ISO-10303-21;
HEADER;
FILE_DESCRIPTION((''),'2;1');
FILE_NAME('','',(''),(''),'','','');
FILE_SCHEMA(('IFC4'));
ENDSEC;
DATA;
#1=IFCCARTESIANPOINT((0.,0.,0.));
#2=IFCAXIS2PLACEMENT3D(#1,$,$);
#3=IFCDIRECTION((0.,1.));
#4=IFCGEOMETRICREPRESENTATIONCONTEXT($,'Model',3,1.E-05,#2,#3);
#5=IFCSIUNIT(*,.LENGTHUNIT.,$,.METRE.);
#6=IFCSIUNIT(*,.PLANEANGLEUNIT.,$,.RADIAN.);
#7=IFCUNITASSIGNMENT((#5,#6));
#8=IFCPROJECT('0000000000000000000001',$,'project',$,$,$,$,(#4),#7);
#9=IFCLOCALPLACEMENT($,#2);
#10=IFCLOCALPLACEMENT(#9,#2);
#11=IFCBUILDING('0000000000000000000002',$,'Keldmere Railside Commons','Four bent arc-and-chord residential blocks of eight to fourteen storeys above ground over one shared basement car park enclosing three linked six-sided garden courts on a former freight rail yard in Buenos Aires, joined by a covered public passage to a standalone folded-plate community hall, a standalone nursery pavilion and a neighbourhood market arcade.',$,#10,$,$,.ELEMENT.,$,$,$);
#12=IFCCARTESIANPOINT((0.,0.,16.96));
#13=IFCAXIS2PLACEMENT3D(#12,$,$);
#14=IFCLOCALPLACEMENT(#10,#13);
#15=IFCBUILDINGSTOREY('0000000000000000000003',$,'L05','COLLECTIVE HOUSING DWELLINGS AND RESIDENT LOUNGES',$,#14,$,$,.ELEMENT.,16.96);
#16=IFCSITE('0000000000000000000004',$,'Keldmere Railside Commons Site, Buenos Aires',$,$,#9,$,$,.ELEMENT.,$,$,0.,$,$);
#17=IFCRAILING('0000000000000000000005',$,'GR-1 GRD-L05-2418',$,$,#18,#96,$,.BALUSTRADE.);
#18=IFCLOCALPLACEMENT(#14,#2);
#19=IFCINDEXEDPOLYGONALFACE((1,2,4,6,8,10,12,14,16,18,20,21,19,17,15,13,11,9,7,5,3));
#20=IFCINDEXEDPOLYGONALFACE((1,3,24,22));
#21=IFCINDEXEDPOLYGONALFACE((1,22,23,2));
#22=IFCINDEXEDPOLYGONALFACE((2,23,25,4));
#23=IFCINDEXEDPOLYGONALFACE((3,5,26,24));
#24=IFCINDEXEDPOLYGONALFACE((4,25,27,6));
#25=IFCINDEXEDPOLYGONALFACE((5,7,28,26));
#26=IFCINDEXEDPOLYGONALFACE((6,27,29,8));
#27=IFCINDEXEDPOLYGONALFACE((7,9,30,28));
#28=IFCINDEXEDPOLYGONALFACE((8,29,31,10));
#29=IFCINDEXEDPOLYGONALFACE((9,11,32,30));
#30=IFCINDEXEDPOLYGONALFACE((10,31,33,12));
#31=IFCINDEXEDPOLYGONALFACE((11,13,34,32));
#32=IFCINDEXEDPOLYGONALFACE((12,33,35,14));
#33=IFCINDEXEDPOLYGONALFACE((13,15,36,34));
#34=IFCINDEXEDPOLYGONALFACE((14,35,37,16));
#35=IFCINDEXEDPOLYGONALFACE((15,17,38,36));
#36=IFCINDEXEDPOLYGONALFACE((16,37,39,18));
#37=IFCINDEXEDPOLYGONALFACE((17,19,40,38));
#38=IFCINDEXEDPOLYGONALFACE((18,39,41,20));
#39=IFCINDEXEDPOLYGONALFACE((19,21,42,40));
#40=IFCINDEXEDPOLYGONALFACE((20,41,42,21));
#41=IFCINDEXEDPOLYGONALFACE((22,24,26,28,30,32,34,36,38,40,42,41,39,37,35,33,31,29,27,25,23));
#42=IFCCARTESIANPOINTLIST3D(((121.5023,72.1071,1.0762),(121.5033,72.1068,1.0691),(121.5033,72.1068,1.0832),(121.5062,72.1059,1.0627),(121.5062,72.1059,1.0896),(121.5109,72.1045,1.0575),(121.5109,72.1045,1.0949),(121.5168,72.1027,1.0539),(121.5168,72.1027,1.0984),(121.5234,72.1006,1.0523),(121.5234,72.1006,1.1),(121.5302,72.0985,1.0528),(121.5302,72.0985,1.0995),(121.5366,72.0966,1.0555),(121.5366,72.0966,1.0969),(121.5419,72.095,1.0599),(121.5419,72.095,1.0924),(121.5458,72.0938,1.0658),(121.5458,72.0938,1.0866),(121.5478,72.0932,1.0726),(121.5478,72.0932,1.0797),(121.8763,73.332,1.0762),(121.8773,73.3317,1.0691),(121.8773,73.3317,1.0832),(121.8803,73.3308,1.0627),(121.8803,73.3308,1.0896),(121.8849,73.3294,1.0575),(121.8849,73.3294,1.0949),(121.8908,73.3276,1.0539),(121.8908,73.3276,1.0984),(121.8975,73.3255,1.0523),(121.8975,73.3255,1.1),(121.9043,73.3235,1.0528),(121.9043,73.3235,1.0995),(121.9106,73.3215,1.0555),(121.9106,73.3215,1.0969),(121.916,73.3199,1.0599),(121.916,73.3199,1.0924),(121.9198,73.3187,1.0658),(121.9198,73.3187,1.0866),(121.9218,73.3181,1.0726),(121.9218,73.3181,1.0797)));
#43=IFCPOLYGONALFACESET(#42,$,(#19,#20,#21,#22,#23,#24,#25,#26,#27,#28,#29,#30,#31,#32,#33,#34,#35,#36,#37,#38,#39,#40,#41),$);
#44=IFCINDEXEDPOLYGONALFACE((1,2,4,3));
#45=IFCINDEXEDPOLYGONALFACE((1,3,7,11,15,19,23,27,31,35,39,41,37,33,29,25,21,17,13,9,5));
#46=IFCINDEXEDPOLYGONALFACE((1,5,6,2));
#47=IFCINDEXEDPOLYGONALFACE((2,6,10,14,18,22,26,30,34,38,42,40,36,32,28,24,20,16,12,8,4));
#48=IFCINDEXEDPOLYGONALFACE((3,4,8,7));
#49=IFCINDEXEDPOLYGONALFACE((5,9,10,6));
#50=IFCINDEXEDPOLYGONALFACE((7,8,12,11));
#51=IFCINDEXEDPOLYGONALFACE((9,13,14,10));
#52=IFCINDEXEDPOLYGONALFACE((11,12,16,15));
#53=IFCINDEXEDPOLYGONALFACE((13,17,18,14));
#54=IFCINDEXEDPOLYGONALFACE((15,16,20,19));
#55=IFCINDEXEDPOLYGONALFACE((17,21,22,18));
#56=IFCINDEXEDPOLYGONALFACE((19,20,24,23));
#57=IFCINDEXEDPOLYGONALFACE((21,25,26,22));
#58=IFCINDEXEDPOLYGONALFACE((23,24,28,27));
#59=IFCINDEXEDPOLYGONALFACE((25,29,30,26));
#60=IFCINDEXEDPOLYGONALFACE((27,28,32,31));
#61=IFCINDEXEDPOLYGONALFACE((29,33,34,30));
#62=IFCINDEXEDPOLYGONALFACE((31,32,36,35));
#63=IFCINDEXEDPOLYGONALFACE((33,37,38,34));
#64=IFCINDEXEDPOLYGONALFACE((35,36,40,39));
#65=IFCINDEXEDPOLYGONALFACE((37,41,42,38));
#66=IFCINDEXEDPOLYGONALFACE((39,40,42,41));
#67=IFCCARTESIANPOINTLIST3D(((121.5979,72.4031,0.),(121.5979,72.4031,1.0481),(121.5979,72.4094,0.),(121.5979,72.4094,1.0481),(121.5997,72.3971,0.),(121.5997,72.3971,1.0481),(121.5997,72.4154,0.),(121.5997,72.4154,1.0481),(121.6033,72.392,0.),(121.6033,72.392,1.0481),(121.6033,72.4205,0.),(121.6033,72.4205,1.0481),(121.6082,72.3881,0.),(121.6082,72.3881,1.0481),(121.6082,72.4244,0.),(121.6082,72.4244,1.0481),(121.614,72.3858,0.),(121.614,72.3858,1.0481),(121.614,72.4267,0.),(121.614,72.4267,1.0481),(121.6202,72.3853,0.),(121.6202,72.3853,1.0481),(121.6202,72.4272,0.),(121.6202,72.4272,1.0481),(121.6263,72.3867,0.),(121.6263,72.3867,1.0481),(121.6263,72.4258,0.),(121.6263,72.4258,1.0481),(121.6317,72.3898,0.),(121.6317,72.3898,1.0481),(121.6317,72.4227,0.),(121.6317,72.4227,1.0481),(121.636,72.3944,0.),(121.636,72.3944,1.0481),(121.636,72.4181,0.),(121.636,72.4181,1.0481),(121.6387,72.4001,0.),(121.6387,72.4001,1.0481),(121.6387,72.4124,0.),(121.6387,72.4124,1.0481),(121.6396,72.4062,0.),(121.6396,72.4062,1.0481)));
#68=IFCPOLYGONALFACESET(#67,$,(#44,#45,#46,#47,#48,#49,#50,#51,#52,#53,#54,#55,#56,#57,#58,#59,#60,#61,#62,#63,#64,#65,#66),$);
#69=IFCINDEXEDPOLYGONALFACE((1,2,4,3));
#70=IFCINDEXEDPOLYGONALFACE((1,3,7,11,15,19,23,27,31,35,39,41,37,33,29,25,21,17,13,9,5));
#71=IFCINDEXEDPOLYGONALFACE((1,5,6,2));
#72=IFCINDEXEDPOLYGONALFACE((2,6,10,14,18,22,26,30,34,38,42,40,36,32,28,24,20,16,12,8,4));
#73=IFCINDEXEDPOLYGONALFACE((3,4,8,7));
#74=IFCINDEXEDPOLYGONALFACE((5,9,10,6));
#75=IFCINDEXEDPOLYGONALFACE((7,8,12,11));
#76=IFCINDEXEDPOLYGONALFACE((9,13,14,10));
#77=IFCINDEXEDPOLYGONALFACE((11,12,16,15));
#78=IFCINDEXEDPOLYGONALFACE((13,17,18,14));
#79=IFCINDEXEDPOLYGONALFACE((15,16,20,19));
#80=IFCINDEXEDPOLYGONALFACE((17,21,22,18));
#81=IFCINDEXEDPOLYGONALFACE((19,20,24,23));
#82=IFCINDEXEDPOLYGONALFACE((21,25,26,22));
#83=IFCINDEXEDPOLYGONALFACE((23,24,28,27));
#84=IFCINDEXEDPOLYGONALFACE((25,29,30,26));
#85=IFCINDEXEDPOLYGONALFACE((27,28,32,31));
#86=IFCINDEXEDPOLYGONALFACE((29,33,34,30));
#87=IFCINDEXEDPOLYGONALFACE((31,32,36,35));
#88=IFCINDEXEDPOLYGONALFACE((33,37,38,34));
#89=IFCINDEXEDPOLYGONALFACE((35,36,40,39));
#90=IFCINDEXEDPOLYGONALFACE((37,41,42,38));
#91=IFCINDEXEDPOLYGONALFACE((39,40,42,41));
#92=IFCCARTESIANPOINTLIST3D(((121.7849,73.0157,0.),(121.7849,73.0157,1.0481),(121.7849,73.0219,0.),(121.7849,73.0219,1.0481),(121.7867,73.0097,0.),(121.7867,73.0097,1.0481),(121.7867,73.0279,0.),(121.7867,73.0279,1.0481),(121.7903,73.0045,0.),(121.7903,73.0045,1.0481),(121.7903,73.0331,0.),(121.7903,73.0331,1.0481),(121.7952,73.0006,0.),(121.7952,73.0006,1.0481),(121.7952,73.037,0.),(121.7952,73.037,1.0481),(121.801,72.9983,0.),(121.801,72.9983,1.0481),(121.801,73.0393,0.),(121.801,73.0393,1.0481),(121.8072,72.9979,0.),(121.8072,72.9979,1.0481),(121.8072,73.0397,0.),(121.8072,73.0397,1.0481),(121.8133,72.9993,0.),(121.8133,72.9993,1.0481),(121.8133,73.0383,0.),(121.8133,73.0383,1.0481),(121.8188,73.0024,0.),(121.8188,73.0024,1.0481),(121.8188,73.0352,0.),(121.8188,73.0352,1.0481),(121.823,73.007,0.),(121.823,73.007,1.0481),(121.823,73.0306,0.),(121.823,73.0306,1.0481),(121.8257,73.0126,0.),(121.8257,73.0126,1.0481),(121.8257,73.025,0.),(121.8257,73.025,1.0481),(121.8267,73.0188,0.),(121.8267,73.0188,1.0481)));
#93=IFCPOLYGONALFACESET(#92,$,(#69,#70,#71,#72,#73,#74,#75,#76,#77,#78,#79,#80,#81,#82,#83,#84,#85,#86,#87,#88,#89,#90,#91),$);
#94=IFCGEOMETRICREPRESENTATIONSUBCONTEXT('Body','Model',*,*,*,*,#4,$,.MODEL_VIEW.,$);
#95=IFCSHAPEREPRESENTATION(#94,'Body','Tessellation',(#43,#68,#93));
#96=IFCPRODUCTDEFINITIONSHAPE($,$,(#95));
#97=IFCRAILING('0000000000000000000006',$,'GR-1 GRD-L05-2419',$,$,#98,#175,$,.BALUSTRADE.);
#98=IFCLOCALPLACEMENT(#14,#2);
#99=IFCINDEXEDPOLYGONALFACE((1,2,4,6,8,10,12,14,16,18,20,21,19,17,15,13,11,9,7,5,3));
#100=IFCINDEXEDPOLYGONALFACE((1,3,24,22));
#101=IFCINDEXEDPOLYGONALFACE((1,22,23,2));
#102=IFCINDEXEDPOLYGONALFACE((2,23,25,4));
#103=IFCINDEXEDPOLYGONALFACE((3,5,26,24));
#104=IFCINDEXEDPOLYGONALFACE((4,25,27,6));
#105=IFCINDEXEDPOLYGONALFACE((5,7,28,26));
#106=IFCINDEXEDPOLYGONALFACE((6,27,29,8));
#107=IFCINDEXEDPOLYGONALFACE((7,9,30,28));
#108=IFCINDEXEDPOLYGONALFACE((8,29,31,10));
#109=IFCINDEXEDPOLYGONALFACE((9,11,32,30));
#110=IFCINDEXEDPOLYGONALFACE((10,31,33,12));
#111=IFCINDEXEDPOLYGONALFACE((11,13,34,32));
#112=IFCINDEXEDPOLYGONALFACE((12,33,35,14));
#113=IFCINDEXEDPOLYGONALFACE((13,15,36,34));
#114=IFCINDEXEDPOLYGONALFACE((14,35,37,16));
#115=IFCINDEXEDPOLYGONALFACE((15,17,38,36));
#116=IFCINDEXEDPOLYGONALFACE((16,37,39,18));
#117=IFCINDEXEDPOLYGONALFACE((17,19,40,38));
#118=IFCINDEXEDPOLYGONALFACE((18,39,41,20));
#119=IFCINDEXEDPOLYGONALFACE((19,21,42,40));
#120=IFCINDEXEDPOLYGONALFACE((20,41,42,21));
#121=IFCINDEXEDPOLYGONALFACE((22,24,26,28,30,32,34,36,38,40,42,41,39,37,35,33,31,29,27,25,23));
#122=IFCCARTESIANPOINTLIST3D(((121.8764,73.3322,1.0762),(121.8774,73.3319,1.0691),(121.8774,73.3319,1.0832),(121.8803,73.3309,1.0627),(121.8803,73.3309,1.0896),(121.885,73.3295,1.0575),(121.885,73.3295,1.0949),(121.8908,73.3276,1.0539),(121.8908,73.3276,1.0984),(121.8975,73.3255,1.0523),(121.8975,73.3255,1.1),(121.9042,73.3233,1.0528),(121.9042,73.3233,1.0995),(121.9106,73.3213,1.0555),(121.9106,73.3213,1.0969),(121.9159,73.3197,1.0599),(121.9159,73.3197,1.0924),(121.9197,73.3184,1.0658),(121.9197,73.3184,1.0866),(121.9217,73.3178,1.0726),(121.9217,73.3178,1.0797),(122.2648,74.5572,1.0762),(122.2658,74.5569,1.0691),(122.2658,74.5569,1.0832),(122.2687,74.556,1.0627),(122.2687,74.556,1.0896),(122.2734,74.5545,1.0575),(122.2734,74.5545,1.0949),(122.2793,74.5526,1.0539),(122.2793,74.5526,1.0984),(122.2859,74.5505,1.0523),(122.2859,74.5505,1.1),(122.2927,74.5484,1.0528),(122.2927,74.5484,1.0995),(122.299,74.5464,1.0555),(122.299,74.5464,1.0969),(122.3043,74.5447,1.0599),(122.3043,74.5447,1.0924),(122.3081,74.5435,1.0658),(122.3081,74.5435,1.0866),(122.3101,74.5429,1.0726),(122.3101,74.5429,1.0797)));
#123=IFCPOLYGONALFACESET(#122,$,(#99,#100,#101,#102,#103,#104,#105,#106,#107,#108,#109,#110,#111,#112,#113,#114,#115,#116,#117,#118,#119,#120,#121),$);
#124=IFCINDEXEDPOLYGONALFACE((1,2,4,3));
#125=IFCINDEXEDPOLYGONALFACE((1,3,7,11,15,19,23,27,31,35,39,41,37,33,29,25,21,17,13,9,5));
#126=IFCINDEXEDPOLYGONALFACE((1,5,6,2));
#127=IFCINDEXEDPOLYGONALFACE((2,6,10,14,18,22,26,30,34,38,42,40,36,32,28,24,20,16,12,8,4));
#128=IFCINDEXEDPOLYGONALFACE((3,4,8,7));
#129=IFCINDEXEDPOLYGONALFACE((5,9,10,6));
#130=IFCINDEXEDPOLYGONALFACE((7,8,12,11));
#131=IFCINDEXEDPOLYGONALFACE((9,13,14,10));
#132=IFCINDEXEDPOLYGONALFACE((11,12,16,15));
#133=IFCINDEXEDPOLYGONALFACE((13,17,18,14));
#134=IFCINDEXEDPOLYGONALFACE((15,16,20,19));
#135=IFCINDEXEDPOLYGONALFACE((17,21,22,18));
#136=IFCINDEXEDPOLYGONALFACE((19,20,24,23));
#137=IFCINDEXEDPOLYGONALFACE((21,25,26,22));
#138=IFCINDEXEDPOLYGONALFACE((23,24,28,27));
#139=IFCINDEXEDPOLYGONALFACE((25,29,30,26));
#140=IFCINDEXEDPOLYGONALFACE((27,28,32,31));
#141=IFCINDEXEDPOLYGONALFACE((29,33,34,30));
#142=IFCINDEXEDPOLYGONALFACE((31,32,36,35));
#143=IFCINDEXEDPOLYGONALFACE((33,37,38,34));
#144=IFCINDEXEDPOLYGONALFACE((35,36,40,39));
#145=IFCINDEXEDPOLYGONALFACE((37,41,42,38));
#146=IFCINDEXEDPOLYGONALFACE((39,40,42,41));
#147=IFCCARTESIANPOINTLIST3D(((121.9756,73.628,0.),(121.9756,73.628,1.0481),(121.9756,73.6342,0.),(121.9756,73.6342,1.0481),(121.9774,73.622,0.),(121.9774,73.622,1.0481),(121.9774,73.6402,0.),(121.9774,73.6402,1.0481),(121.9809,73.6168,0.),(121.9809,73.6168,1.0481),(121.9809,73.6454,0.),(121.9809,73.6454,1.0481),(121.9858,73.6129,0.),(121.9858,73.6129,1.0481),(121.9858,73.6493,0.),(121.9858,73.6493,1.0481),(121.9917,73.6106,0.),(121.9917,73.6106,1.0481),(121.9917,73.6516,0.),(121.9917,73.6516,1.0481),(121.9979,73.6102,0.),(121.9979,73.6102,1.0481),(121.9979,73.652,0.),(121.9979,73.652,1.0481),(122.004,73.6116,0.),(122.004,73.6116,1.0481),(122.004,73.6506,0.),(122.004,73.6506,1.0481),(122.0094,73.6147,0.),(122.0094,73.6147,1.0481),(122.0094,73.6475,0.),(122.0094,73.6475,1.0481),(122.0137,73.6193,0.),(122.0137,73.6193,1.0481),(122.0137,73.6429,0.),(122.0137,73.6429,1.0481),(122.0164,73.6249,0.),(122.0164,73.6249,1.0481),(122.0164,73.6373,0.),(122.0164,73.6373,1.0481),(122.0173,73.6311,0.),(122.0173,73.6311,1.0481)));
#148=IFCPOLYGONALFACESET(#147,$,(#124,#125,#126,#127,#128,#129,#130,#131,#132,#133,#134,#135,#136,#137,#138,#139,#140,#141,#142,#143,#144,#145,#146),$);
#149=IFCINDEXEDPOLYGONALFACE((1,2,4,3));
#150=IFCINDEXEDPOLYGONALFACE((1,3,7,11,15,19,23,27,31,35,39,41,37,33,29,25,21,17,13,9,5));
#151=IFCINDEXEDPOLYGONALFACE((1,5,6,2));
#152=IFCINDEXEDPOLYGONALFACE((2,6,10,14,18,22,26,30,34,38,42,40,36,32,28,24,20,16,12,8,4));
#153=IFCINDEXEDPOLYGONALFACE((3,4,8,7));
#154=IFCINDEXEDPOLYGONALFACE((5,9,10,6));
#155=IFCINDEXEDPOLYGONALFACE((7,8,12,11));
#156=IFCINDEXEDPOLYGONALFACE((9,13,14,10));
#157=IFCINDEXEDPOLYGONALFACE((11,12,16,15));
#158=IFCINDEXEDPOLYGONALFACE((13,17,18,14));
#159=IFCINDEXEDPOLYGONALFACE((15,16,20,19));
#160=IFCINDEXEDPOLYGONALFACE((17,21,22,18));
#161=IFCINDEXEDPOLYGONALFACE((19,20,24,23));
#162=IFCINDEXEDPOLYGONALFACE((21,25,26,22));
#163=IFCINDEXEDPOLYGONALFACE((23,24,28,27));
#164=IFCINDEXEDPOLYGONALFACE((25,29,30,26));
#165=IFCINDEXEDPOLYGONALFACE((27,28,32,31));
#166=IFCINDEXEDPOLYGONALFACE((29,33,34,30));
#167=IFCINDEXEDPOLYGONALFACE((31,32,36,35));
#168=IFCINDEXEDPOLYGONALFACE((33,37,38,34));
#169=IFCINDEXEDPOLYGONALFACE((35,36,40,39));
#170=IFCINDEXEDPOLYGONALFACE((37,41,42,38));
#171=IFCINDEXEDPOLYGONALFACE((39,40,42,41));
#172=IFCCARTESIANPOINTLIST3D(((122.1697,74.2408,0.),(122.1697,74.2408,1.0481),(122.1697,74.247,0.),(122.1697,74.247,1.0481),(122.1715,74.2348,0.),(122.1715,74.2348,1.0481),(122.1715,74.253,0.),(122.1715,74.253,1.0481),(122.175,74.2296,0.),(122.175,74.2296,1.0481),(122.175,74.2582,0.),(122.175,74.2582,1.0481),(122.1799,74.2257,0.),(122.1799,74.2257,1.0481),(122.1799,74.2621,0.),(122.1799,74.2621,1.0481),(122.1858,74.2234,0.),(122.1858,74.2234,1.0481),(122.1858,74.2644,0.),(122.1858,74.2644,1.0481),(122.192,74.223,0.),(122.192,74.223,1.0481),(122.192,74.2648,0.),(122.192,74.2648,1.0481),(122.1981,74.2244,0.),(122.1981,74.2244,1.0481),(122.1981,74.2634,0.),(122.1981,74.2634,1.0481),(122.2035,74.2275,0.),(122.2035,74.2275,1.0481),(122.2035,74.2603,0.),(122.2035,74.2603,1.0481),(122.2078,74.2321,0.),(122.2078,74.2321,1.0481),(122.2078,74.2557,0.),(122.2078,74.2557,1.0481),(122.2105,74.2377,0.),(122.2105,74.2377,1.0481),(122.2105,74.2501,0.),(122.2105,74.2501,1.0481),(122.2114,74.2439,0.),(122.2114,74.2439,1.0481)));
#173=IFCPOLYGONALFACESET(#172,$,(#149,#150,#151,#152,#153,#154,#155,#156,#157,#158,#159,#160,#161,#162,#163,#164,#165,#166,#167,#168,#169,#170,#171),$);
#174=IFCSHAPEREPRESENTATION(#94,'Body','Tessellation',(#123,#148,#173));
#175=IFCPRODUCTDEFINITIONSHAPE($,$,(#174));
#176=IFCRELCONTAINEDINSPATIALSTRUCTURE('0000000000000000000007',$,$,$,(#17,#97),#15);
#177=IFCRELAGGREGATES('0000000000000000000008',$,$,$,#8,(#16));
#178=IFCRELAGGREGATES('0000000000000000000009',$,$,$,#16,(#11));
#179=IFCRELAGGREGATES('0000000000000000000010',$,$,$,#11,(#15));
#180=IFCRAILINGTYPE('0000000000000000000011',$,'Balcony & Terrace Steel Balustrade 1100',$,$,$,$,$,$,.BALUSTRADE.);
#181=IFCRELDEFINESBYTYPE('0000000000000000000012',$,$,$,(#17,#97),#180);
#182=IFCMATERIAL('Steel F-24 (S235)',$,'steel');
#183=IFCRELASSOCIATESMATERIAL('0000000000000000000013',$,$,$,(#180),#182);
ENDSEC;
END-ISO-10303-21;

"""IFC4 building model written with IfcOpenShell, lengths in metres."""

from ifc_helpers import new_model, si_unit, direction, frame, origin, origin_2d, place, context, subcontext, project, spatial, circle, extrude, material, type_object, element, save


model = new_model("IFC4")

# Units and contexts
model_context = context("Model", 3, precision=1e-05, world=origin(), true_north=direction((0.0, 1.0)))
body_context = subcontext(model_context, "Body", "Model", "MODEL_VIEW")
ifc_project = project(units=[si_unit("LENGTHUNIT", "METRE"), si_unit("PLANEANGLEUNIT", "RADIAN")], contexts=[model_context])

# Site, building, storey
site_placement = place(None, origin())
site = spatial("IfcSite", under=ifc_project, at=site_placement, Name="Keldmere Railside Commons Site, Buenos Aires", CompositionType="ELEMENT", RefElevation=0.0)
building_placement = place(site_placement, origin())
building = spatial("IfcBuilding", under=site, at=building_placement, Name="Keldmere Railside Commons", Description="Four bent arc-and-chord residential blocks of eight to fourteen storeys above ground over one shared basement car park enclosing three linked six-sided garden courts on a former freight rail yard in Buenos Aires, joined by a covered public passage to a standalone folded-plate community hall, a standalone nursery pavilion and a neighbourhood market arcade.", CompositionType="ELEMENT")
storey_placement = place(building_placement, frame((0.0, 0.0, 16.96)))
storey = spatial("IfcBuildingStorey", under=building, at=storey_placement, Name="L05", Description="COLLECTIVE HOUSING DWELLINGS AND RESIDENT LOUNGES", CompositionType="ELEMENT", Elevation=16.96)

# Railings
ifc_material_1 = material(Name="Steel F-24 (S235)", Category="steel")
railing_type_1 = type_object("IfcRailingType", Name="Balcony & Terrace Steel Balustrade 1100", PredefinedType="BALUSTRADE", material=ifc_material_1)
railing_1_placement = place(storey_placement, frame((121.5251, 72.1001, 0.0)))
element("IfcRailing", 1, at=railing_1_placement, inside=storey, type_object=railing_type_1, Name="GR-1 GRD-L05-2418", PredefinedType="BALUSTRADE", context=body_context, shape_type="SweptSolid", body=[
    extrude(circle(Radius=0.0239, at=origin_2d()), frame((0.0, 0.0, 1.0762), z_axis=(0.292049, 0.956403, 0.0), x_axis=(-0.956403, 0.292049, 0.0)), (0.0, 0.0, 1.0), 1.2808),
    extrude(circle(Radius=0.021, at=origin_2d()), frame((0.0935, 0.3062, 0.0)), (0.0, 0.0, 1.0), 1.0481),
    extrude(circle(Radius=0.021, at=origin_2d()), frame((0.2805, 0.9187, 0.0)), (0.0, 0.0, 1.0), 1.0481),
])
railing_2_placement = place(storey_placement, frame((121.8992, 73.325, 0.0)))
element("IfcRailing", 2, at=railing_2_placement, inside=storey, type_object=railing_type_1, Name="GR-1 GRD-L05-2419", PredefinedType="BALUSTRADE", context=body_context, shape_type="SweptSolid", body=[
    extrude(circle(Radius=0.0239, at=origin_2d()), frame((0.0, 0.0, 1.0762), z_axis=(0.302231, 0.953235, 0.0), x_axis=(-0.953235, 0.302231, 0.0)), (0.0, 0.0, 1.0), 1.2852),
    extrude(circle(Radius=0.021, at=origin_2d()), frame((0.0972, 0.3062, 0.0)), (0.0, 0.0, 1.0), 1.0481),
    extrude(circle(Radius=0.021, at=origin_2d()), frame((0.2913, 0.9189, 0.0)), (0.0, 0.0, 1.0), 1.0481),
])

save(model, "model.ifc")
